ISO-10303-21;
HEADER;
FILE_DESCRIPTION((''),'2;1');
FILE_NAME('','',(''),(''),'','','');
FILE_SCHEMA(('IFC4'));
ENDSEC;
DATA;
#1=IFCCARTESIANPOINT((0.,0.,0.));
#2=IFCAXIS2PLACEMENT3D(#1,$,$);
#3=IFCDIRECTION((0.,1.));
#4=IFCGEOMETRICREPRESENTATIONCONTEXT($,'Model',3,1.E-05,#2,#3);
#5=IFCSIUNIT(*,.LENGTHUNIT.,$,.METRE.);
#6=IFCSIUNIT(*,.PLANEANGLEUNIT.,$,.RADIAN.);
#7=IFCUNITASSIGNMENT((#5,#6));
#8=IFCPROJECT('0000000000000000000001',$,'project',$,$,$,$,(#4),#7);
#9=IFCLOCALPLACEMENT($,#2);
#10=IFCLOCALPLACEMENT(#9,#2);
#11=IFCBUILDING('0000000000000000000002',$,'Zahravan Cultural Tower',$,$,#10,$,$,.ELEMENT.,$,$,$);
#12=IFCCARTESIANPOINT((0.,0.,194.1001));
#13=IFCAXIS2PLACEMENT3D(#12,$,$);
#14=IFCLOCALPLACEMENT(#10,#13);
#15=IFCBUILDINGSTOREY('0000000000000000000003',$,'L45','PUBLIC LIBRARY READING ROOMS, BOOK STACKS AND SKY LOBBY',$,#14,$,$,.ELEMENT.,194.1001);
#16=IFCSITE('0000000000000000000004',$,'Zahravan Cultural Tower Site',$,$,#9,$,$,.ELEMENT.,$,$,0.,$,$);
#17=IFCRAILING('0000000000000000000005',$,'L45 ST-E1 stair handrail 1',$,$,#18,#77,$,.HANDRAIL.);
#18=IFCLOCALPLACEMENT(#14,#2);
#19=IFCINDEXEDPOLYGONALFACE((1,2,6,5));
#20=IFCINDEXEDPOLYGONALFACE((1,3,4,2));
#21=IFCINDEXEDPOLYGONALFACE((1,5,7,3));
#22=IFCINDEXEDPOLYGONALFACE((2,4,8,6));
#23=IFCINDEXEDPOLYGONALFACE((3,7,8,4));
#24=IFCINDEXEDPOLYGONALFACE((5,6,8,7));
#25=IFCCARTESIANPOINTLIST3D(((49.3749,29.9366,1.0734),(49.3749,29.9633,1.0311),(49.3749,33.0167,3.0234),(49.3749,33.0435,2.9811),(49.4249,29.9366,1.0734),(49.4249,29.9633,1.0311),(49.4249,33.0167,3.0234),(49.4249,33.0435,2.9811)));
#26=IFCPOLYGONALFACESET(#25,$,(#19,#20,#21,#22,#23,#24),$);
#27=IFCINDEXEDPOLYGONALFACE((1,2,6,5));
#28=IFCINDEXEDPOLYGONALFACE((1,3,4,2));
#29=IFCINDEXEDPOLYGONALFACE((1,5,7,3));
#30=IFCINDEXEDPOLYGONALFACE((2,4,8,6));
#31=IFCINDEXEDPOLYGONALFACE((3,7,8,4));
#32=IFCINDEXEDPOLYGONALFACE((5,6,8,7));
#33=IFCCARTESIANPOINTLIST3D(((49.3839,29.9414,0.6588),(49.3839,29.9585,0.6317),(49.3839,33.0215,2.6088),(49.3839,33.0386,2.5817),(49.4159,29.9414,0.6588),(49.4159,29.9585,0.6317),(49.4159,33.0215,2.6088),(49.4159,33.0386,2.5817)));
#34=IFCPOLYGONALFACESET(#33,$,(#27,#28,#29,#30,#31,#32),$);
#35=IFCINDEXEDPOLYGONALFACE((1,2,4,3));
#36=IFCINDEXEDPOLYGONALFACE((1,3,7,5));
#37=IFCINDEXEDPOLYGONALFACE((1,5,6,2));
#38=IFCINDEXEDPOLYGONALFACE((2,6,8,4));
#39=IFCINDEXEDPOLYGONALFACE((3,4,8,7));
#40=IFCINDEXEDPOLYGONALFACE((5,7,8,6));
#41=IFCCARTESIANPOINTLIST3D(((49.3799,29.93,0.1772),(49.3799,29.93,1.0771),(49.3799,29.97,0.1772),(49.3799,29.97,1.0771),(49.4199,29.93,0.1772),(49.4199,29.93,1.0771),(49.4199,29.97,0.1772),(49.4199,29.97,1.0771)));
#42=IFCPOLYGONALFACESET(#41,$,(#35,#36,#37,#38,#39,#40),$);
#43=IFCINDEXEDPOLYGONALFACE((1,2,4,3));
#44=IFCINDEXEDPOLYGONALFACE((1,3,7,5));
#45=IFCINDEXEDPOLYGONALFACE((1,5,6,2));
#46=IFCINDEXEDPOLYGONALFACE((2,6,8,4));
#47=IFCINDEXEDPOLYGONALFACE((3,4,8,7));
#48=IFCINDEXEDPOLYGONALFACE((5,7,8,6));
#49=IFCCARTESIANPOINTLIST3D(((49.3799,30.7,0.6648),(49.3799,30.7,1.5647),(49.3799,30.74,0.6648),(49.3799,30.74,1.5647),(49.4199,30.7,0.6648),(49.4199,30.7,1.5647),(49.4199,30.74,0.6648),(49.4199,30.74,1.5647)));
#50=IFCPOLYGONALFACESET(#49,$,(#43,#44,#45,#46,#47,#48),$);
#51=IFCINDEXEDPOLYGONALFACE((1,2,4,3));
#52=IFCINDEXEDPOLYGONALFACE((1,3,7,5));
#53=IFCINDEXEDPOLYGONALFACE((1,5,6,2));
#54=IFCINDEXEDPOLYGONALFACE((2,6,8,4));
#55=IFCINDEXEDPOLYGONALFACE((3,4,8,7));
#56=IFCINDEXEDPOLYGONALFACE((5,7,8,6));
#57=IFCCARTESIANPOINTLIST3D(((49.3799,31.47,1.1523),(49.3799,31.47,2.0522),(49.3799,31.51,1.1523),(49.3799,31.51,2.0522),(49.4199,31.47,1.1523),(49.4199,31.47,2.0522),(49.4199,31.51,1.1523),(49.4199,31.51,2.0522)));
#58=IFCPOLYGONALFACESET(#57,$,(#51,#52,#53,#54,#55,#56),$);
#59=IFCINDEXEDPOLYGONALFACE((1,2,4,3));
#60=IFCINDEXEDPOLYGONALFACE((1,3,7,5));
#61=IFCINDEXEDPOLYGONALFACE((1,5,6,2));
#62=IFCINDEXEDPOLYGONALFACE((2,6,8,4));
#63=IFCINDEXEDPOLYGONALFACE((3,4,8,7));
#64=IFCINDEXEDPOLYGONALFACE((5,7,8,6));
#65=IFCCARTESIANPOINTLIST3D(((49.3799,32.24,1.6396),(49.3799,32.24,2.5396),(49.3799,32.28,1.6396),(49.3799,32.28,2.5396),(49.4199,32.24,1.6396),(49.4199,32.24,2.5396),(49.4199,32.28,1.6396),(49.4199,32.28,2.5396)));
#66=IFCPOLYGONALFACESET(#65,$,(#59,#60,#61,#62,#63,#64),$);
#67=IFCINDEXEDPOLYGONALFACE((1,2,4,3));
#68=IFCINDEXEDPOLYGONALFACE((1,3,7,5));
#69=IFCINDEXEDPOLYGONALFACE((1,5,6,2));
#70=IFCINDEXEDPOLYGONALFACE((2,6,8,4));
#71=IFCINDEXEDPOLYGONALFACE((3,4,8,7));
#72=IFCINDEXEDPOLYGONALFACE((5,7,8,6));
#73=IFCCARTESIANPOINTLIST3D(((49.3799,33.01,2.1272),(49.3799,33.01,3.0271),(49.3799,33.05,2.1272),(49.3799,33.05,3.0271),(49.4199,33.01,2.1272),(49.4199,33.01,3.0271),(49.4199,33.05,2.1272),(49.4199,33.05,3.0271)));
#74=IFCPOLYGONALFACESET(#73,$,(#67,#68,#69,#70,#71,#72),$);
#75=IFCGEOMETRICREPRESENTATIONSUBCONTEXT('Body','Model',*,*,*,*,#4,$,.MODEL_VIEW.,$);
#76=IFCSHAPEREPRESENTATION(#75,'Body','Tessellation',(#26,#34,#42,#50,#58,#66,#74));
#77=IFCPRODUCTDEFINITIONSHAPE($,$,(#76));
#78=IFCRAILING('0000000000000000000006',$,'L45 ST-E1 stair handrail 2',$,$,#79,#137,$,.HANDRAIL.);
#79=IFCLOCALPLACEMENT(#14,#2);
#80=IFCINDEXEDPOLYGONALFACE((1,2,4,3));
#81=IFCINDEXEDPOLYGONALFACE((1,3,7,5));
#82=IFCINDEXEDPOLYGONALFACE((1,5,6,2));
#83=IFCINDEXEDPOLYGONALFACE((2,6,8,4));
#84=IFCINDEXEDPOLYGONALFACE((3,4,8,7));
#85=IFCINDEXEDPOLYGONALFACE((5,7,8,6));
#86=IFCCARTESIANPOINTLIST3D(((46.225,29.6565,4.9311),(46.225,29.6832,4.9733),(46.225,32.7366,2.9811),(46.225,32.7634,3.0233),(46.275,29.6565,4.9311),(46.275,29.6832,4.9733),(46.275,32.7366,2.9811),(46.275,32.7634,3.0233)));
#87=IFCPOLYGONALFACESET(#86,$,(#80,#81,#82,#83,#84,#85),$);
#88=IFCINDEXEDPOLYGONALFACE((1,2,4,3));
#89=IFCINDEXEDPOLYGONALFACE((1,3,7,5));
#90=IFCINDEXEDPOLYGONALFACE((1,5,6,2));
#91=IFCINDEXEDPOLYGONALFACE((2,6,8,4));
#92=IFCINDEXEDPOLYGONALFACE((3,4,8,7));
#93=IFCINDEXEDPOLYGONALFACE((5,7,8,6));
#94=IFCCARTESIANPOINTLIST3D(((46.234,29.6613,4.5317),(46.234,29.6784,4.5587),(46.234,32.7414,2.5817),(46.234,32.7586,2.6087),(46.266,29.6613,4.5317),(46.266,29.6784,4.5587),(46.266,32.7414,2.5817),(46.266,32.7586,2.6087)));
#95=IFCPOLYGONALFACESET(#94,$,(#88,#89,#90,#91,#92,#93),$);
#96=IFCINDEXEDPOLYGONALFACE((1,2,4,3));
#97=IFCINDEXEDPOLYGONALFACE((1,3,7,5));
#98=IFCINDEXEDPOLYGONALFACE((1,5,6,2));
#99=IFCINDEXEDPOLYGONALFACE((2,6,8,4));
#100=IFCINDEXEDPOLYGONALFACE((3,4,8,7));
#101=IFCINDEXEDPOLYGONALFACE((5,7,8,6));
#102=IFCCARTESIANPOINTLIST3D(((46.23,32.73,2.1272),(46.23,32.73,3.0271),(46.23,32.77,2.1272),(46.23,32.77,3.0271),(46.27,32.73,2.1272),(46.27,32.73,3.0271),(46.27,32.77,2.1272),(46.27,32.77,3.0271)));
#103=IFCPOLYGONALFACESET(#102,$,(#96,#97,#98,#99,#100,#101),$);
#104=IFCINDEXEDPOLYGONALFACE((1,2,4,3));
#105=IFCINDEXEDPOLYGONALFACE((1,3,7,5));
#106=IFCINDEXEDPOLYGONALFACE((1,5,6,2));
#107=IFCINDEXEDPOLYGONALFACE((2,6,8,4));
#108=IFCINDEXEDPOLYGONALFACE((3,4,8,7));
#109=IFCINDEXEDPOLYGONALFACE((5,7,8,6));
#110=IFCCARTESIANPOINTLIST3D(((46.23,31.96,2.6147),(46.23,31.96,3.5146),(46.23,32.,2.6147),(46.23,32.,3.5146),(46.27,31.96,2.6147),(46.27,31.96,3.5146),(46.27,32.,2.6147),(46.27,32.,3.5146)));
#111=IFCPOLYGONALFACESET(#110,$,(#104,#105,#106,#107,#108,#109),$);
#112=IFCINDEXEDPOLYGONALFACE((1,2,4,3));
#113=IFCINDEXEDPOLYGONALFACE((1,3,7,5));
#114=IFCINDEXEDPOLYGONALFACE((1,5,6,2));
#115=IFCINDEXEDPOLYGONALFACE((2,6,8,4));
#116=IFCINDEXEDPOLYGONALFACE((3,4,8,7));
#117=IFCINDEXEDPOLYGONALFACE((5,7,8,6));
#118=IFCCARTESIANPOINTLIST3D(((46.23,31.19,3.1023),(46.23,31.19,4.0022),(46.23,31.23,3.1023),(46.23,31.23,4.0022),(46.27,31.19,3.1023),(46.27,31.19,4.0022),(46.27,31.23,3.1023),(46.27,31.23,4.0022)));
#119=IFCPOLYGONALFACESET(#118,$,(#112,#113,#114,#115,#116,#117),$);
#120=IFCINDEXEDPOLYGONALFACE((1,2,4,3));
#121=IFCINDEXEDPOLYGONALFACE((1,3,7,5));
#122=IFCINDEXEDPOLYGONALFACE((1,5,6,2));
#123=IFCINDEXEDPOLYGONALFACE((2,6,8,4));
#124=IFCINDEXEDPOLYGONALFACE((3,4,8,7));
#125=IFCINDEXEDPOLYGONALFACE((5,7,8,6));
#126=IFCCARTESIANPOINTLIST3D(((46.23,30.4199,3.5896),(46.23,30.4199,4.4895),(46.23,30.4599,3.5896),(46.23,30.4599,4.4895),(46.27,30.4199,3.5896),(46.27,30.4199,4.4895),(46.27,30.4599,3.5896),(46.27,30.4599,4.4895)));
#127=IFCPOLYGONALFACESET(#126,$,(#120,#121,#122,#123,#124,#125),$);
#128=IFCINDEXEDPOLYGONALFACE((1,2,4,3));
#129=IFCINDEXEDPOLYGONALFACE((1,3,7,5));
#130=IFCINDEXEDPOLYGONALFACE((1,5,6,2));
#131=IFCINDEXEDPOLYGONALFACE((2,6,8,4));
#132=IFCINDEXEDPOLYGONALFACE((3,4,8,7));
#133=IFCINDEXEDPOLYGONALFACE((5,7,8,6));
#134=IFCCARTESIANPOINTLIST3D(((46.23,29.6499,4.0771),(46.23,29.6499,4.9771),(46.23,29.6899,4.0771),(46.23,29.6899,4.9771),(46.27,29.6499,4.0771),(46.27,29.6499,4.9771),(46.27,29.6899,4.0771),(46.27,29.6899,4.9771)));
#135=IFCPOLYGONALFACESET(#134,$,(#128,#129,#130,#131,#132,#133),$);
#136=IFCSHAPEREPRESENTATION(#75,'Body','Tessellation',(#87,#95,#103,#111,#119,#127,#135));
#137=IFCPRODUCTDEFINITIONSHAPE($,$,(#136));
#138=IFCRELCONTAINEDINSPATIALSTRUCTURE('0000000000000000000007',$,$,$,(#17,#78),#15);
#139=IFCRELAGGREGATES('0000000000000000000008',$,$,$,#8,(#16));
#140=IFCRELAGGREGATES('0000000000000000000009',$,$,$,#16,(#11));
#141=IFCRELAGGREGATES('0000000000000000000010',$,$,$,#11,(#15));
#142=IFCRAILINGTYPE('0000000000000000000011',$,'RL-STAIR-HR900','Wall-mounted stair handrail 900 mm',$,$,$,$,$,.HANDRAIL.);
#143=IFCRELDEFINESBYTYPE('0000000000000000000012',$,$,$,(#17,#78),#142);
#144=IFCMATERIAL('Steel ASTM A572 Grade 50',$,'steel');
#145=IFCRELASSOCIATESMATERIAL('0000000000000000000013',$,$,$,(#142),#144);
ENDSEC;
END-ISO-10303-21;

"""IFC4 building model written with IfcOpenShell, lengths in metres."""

from ifc_helpers import new_model, si_unit, direction, frame, origin, origin_2d, place, context, subcontext, project, spatial, rectangle, extrude, material, type_object, element, save


model = new_model("IFC4")

# Units and contexts
model_context = context("Model", 3, precision=1e-05, world=origin(), true_north=direction((0.0, 1.0)))
body_context = subcontext(model_context, "Body", "Model", "MODEL_VIEW")
ifc_project = project(units=[si_unit("LENGTHUNIT", "METRE"), si_unit("PLANEANGLEUNIT", "RADIAN")], contexts=[model_context])

# Site, building, storey
site_placement = place(None, origin())
site = spatial("IfcSite", under=ifc_project, at=site_placement, Name="Zahravan Cultural Tower Site", CompositionType="ELEMENT", RefElevation=0.0)
building_placement = place(site_placement, origin())
building = spatial("IfcBuilding", under=site, at=building_placement, Name="Zahravan Cultural Tower", CompositionType="ELEMENT")
storey_placement = place(building_placement, frame((0.0, 0.0, 194.1001)))
storey = spatial("IfcBuildingStorey", under=building, at=storey_placement, Name="L45", Description="PUBLIC LIBRARY READING ROOMS, BOOK STACKS AND SKY LOBBY", CompositionType="ELEMENT", Elevation=194.1001)

# Shared definitions
ifc_material_1 = material(Name="Steel ASTM A572 Grade 50", Category="steel")

# Railings
railing_type_1 = type_object("IfcRailingType", Name="RL-STAIR-HR900", Description="Wall-mounted stair handrail 900 mm", PredefinedType="HANDRAIL", material=ifc_material_1)
railing_1_placement = place(storey_placement, frame((49.3999, 29.95, 0.1772)))
element("IfcRailing", 1, at=railing_1_placement, inside=storey, type_object=railing_type_1, Name="L45 ST-E1 stair handrail 1", PredefinedType="HANDRAIL", context=body_context, shape_type="SweptSolid", body=[
    extrude(rectangle(XDim=0.05, YDim=0.05, at=origin_2d()), frame((0.0, 0.0, 0.875), z_axis=(0.0, 0.844914, 0.534902), x_axis=(-1.0, 0.0, 0.0)), (0.0, 0.0, 1.0), 3.6455),
    extrude(rectangle(XDim=0.032, YDim=0.032, at=origin_2d()), frame((0.0, 0.0, 0.468), z_axis=(0.0, 0.844914, 0.534902), x_axis=(-1.0, 0.0, 0.0)), (0.0, 0.0, 1.0), 3.6455),
    extrude(rectangle(XDim=0.04, YDim=0.04, at=origin_2d()), origin(), (0.0, 0.0, 1.0), 0.8999),
    extrude(rectangle(XDim=0.04, YDim=0.04, at=origin_2d()), frame((0.0, 0.77, 0.4875)), (0.0, 0.0, 1.0), 0.8999),
    extrude(rectangle(XDim=0.04, YDim=0.04, at=origin_2d()), frame((0.0, 1.54, 0.9751)), (0.0, 0.0, 1.0), 0.8999),
    extrude(rectangle(XDim=0.04, YDim=0.04, at=origin_2d()), frame((0.0, 2.3101, 1.4624)), (0.0, 0.0, 1.0), 0.8999),
    extrude(rectangle(XDim=0.04, YDim=0.04, at=origin_2d()), frame((0.0, 3.0801, 1.95)), (0.0, 0.0, 1.0), 0.8999),
])
railing_2_placement = place(storey_placement, frame((46.25, 32.75, 2.1272)))
element("IfcRailing", 2, at=railing_2_placement, inside=storey, type_object=railing_type_1, Name="L45 ST-E1 stair handrail 2", PredefinedType="HANDRAIL", context=body_context, shape_type="SweptSolid", body=[
    extrude(rectangle(XDim=0.05, YDim=0.05, at=origin_2d()), frame((0.0, 0.0, 0.875), z_axis=(0.0, -0.844914, 0.534902), x_axis=(1.0, 0.0, 0.0)), (0.0, 0.0, 1.0), 3.6455),
    extrude(rectangle(XDim=0.032, YDim=0.032, at=origin_2d()), frame((0.0, 0.0, 0.468), z_axis=(0.0, -0.844914, 0.534902), x_axis=(1.0, 0.0, 0.0)), (0.0, 0.0, 1.0), 3.6455),
    extrude(rectangle(XDim=0.04, YDim=0.04, at=origin_2d()), origin(), (0.0, 0.0, 1.0), 0.8999),
    extrude(rectangle(XDim=0.04, YDim=0.04, at=origin_2d()), frame((0.0, -0.77, 0.4875)), (0.0, 0.0, 1.0), 0.8999),
    extrude(rectangle(XDim=0.04, YDim=0.04, at=origin_2d()), frame((0.0, -1.54, 0.9751)), (0.0, 0.0, 1.0), 0.8999),
    extrude(rectangle(XDim=0.04, YDim=0.04, at=origin_2d()), frame((0.0, -2.3101, 1.4624)), (0.0, 0.0, 1.0), 0.8999),
    extrude(rectangle(XDim=0.04, YDim=0.04, at=origin_2d()), frame((0.0, -3.0801, 1.95)), (0.0, 0.0, 1.0), 0.8999),
])

save(model, "model.ifc")
